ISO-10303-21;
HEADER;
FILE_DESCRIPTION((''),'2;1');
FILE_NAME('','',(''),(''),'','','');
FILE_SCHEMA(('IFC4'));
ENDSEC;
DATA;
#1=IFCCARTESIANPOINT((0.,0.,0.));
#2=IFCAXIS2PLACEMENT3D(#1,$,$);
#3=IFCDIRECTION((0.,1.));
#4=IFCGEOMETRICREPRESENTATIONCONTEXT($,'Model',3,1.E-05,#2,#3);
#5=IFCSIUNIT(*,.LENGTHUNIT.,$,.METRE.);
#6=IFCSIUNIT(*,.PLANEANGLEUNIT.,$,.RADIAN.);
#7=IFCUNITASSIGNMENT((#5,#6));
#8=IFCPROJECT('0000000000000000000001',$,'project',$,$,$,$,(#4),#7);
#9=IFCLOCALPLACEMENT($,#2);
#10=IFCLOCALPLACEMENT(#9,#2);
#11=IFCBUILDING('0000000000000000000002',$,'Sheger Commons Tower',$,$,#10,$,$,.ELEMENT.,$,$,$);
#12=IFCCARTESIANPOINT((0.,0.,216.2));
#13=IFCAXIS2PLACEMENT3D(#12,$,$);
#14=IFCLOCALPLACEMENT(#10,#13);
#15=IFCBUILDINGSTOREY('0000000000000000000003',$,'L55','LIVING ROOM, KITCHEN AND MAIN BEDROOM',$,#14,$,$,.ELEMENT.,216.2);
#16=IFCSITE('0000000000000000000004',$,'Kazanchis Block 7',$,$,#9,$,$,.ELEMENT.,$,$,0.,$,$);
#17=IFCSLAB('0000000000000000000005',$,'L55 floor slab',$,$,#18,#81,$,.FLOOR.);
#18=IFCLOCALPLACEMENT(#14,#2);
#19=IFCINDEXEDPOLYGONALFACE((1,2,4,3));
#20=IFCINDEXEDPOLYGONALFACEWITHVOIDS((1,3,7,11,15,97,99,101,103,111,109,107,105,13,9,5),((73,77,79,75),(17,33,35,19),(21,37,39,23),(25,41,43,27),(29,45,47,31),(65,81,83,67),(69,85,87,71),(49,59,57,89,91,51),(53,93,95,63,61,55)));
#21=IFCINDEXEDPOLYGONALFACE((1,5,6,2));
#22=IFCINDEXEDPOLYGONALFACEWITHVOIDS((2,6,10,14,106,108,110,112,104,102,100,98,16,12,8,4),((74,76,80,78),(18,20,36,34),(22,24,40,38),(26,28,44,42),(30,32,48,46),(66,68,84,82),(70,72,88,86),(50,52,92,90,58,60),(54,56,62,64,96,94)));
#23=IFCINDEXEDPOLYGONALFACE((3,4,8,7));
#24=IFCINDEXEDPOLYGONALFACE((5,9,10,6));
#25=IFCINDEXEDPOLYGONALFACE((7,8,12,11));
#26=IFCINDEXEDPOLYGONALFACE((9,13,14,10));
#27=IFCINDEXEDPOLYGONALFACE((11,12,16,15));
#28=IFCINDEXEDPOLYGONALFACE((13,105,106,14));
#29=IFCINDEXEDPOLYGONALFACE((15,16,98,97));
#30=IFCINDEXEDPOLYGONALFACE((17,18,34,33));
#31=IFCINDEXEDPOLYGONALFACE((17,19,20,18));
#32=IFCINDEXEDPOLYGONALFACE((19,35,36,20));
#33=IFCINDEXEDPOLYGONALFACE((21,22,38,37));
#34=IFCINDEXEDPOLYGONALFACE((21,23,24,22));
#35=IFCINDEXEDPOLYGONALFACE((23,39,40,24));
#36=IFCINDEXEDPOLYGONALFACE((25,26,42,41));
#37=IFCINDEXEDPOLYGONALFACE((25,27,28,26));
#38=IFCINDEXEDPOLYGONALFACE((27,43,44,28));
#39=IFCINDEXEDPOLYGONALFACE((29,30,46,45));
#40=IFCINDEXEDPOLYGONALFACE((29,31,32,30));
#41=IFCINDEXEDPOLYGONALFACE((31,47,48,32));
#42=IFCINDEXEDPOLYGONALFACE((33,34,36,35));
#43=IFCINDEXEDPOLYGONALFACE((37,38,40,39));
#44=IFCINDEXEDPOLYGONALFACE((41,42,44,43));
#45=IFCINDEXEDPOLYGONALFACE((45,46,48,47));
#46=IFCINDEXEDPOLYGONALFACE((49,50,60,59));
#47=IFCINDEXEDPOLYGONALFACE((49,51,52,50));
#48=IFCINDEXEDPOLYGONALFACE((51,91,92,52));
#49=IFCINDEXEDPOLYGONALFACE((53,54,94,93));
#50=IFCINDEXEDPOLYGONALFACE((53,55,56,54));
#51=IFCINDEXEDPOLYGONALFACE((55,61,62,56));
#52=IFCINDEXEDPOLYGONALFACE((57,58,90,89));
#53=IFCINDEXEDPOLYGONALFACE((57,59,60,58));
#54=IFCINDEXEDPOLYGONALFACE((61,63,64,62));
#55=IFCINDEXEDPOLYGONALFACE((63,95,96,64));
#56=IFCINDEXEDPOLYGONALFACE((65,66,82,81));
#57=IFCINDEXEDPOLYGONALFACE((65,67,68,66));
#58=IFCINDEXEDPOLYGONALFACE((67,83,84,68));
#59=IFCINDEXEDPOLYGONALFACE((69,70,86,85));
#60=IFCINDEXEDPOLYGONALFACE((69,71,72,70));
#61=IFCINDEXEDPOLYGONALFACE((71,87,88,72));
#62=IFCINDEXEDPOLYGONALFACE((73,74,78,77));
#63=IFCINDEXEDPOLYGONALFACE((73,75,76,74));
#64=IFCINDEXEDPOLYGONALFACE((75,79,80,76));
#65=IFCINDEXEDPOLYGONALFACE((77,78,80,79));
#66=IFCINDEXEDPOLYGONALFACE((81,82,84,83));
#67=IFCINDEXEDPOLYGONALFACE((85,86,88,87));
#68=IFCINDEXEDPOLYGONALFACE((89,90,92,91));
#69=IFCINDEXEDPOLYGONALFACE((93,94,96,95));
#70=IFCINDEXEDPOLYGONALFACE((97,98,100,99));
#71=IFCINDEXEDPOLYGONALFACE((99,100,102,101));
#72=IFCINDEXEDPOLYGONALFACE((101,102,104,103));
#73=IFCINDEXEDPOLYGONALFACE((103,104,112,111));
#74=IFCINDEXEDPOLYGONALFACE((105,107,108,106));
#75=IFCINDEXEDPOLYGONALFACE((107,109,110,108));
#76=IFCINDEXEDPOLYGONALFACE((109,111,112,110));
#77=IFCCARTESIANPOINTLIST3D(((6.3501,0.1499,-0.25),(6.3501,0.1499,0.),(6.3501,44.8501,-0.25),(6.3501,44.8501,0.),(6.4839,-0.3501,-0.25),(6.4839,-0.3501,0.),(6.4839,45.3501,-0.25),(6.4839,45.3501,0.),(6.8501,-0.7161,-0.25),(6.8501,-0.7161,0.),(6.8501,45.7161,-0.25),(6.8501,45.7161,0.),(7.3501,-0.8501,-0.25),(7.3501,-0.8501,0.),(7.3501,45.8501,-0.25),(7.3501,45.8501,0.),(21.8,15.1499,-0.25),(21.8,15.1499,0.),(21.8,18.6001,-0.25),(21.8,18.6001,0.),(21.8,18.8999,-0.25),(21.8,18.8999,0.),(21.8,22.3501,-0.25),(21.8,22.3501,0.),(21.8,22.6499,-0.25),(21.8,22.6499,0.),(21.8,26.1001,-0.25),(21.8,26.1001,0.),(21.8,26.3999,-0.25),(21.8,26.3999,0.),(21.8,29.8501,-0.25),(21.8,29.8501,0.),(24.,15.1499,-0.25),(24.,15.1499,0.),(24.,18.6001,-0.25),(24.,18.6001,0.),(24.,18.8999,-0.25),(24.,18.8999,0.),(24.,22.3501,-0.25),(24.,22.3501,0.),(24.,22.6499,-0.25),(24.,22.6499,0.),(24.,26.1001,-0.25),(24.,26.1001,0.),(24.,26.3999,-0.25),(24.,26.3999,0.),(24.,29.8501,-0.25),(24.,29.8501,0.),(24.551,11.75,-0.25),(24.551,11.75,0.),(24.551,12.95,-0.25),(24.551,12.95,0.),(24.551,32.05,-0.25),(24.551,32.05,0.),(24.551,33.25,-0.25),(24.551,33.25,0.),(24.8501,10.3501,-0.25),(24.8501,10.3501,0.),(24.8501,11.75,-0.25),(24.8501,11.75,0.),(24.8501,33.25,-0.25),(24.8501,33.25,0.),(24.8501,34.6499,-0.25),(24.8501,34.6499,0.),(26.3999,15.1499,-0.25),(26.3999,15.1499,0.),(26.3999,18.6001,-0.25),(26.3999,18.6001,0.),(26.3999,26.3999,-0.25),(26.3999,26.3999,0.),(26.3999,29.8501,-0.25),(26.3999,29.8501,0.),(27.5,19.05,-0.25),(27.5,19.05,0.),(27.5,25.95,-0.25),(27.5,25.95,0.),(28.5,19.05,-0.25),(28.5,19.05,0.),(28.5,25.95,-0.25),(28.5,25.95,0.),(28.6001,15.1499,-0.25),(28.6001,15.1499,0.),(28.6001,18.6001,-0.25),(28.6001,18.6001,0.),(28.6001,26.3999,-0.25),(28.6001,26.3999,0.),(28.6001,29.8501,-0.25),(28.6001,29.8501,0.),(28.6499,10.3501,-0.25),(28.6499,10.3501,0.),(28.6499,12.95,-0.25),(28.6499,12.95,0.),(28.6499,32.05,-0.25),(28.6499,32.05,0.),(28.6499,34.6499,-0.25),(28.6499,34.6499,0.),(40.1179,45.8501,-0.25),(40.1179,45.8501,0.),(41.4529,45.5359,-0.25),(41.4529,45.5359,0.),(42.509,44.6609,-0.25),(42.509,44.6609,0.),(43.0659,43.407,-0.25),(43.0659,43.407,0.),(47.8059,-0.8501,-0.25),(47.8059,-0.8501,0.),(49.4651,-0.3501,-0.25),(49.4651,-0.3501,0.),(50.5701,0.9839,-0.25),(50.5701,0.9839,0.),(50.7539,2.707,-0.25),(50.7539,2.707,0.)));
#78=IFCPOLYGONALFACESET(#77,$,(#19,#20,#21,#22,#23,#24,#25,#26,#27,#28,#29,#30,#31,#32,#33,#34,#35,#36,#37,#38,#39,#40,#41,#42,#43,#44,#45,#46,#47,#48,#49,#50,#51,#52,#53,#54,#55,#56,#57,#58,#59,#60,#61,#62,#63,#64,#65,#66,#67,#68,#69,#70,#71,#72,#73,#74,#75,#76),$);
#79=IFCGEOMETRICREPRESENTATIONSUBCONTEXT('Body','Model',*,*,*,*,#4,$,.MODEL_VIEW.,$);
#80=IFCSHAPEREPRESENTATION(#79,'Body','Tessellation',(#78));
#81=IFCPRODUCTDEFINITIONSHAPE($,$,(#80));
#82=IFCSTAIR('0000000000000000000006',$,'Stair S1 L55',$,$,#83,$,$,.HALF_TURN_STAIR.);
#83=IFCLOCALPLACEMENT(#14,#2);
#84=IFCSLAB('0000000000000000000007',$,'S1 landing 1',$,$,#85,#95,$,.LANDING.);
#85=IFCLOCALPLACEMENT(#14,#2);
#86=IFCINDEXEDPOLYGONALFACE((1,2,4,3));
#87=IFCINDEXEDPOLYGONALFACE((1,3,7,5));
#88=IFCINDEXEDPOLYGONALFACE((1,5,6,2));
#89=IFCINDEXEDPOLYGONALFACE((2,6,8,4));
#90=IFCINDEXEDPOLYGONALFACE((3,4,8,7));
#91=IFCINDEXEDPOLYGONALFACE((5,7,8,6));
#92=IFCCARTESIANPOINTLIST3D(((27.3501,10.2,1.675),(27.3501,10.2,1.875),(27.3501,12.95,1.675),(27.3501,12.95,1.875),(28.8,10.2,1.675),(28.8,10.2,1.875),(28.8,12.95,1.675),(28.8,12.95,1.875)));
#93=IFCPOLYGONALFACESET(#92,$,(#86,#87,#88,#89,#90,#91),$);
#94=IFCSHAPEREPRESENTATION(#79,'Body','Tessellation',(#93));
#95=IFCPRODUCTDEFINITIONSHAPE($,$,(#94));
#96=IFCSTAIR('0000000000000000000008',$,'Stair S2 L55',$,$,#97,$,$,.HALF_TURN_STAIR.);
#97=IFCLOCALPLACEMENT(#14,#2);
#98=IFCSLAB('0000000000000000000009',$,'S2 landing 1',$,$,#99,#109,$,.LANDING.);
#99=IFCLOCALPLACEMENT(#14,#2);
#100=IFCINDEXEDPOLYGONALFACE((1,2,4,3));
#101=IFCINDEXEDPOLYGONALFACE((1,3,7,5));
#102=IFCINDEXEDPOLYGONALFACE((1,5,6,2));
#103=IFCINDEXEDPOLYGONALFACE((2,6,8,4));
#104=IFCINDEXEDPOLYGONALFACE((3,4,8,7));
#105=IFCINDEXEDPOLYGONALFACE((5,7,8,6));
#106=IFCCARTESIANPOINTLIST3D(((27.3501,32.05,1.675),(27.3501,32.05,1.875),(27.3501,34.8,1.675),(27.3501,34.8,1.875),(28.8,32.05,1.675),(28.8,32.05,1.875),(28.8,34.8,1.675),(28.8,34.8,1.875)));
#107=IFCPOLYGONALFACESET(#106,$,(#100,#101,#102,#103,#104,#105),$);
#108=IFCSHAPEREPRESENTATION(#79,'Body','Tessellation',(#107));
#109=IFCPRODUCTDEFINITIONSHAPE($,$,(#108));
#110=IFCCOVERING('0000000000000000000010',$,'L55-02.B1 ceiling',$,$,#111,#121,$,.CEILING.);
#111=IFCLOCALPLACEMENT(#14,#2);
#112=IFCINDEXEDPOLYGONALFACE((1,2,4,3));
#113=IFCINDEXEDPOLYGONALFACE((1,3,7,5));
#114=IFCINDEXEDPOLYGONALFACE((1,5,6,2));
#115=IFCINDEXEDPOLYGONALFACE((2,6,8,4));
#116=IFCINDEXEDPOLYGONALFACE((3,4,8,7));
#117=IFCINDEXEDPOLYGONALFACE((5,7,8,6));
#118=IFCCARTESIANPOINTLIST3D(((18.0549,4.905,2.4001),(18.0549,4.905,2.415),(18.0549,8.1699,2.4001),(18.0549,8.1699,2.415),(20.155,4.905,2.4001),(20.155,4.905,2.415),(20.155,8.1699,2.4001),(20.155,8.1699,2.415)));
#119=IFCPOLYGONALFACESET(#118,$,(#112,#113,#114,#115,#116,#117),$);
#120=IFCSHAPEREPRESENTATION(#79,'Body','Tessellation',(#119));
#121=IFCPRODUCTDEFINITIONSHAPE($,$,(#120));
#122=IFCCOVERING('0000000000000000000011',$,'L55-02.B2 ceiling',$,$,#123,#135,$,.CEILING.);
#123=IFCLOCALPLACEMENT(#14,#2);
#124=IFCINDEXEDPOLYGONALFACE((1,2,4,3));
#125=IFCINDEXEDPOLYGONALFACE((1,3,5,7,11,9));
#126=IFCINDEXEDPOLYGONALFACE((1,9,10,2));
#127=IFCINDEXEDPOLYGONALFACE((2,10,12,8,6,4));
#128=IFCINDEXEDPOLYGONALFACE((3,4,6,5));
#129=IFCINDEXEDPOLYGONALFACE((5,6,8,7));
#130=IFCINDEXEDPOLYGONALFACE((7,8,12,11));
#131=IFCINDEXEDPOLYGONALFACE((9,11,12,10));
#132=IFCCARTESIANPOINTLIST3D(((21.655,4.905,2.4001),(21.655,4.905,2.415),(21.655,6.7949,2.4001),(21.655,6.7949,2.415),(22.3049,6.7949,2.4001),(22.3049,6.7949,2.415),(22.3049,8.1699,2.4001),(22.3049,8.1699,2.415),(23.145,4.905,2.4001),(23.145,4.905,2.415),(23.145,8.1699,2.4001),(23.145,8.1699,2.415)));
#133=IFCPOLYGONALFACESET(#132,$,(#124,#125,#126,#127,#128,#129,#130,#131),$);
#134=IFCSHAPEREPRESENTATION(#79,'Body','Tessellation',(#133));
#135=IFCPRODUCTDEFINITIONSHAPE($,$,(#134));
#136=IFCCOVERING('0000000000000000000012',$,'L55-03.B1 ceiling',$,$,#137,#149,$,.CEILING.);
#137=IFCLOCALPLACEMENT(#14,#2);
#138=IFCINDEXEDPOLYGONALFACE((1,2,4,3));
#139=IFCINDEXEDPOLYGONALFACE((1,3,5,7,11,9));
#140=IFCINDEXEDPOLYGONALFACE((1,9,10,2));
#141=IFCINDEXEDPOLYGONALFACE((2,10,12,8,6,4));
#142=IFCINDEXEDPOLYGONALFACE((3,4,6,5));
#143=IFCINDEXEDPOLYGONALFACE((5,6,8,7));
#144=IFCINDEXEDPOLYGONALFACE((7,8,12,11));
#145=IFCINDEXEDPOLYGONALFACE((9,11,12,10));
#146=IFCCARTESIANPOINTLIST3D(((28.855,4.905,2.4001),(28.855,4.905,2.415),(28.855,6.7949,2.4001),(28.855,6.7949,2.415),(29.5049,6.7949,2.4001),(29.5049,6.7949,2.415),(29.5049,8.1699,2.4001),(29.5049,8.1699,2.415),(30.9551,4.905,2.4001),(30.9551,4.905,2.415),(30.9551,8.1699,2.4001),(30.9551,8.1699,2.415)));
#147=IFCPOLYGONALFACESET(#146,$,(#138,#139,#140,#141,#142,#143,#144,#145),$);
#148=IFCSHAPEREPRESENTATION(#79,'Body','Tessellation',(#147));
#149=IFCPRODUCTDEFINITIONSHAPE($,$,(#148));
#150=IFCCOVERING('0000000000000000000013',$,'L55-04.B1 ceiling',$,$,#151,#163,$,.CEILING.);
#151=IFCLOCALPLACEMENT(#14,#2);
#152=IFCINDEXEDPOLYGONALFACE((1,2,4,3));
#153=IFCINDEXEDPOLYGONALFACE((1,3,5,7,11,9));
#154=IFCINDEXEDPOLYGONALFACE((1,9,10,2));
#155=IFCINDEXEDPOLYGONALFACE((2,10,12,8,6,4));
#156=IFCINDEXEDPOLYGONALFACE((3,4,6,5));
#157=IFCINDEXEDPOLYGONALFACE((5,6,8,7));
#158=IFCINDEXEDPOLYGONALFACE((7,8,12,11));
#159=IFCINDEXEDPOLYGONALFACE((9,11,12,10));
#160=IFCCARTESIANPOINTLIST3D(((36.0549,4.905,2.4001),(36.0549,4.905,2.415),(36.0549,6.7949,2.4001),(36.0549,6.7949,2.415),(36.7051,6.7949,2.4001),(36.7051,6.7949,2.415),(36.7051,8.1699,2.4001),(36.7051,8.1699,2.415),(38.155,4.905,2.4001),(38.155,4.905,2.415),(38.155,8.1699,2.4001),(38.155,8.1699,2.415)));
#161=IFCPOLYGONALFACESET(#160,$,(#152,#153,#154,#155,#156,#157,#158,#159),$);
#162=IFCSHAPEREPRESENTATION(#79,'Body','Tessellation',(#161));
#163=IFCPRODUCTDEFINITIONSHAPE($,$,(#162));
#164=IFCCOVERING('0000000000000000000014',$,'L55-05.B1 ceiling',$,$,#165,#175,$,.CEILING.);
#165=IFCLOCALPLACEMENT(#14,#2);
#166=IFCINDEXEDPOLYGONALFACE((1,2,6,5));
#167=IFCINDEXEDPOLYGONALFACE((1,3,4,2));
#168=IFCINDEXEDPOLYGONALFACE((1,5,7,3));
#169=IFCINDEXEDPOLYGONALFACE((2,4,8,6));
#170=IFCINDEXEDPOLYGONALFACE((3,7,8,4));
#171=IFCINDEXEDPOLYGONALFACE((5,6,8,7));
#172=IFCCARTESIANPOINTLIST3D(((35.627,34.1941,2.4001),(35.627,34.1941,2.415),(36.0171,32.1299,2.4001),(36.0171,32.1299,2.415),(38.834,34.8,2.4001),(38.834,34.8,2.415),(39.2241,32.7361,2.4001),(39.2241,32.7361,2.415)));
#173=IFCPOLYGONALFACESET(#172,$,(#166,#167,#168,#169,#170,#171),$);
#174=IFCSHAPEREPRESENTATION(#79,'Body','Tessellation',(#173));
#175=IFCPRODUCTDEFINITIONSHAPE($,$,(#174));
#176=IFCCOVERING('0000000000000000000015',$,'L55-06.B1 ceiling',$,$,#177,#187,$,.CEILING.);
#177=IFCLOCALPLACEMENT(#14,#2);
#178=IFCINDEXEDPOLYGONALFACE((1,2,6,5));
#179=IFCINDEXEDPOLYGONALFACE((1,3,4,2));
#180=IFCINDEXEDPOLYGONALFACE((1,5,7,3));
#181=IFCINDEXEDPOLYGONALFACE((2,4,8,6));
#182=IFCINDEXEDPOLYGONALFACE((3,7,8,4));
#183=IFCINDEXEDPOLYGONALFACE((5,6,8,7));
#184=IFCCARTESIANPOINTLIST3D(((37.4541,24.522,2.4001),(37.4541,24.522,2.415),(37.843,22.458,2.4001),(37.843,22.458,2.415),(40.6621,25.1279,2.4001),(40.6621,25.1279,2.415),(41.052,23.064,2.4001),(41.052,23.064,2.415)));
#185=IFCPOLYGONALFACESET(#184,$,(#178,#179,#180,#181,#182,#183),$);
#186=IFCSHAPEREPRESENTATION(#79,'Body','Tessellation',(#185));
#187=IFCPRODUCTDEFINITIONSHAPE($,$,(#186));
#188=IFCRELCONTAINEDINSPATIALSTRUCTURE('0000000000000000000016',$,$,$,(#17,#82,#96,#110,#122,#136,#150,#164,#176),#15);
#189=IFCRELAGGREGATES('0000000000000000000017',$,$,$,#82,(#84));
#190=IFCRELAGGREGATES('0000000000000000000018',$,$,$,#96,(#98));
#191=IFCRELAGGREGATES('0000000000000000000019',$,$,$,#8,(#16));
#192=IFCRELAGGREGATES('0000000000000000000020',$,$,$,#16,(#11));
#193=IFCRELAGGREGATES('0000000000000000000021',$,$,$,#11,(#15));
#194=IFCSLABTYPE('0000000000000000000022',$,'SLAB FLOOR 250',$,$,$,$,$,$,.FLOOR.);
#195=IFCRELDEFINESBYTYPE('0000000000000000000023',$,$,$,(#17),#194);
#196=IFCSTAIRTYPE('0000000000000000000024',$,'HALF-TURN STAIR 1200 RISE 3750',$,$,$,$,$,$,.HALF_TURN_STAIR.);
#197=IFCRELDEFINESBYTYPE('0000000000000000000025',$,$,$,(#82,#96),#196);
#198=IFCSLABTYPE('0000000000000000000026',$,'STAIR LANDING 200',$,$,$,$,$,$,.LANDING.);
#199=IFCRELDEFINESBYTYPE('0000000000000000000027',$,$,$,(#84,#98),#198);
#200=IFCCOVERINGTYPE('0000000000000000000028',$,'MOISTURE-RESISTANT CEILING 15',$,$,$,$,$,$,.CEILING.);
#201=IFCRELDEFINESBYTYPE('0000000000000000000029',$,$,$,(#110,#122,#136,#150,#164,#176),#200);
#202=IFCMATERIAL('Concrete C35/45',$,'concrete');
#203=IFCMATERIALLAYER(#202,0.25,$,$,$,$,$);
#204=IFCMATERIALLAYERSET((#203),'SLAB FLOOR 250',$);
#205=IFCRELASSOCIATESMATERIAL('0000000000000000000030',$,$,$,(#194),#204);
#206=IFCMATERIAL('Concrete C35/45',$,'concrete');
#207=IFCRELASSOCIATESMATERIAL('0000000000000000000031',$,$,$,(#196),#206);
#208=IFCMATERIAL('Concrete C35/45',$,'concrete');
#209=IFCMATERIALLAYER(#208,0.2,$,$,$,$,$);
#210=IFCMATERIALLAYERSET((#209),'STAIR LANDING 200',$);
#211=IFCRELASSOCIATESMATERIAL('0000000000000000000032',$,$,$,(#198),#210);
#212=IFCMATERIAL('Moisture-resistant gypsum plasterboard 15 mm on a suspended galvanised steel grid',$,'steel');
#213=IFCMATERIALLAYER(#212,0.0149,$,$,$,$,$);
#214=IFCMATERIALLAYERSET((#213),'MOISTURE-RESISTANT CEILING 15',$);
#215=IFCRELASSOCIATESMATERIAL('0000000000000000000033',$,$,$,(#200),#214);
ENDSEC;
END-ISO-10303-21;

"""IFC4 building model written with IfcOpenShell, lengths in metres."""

from ifc_helpers import new_model, si_unit, direction, frame, origin, place, context, subcontext, project, spatial, polyline, outline, extrude, material, layer, layer_set, type_object, element, aggregate, save


model = new_model("IFC4")

# Units and contexts
model_context = context("Model", 3, precision=1e-05, world=origin(), true_north=direction((0.0, 1.0)))
body_context = subcontext(model_context, "Body", "Model", "MODEL_VIEW")
ifc_project = project(units=[si_unit("LENGTHUNIT", "METRE"), si_unit("PLANEANGLEUNIT", "RADIAN")], contexts=[model_context])

# Site, building, storey
site_placement = place(None, origin())
site = spatial("IfcSite", under=ifc_project, at=site_placement, Name="Kazanchis Block 7", CompositionType="ELEMENT", RefElevation=0.0)
building_placement = place(site_placement, origin())
building = spatial("IfcBuilding", under=site, at=building_placement, Name="Sheger Commons Tower", CompositionType="ELEMENT")
storey_placement = place(building_placement, frame((0.0, 0.0, 216.2)))
storey = spatial("IfcBuildingStorey", under=building, at=storey_placement, Name="L55", Description="LIVING ROOM, KITCHEN AND MAIN BEDROOM", CompositionType="ELEMENT", Elevation=216.2)

# Slab
ifc_material_1 = material(Name="Concrete C35/45", Category="concrete")
ifc_layer_1 = layer(ifc_material_1, 0.25)
ifc_layer_set_1 = layer_set([ifc_layer_1], Name="SLAB FLOOR 250")
slab_type_1 = type_object("IfcSlabType", Name="SLAB FLOOR 250", PredefinedType="FLOOR", material=ifc_layer_set_1)
slab_1_placement = place(storey_placement, frame((0.0, 0.0, -0.25)))
element("IfcSlab", 1, at=slab_1_placement, inside=storey, type_object=slab_type_1, Name="L55 floor slab", PredefinedType="FLOOR", context=body_context, shape_type="SweptSolid", body=[
    extrude(outline(polyline([(6.3501, 0.1499), (6.4839, -0.3501), (6.8501, -0.7161), (7.3501, -0.8501), (47.8059, -0.8501), (49.4651, -0.3501), (50.5701, 0.9839), (50.7539, 2.707), (43.0659, 43.407), (42.509, 44.6609), (41.4529, 45.5359), (40.1179, 45.8501), (7.3501, 45.8501), (6.8501, 45.7161), (6.4839, 45.3501), (6.3501, 44.8501), (6.3501, 0.1499)]), holes=[polyline([(24.8501, 10.3501), (28.6499, 10.3501), (28.6499, 12.95), (24.551, 12.95), (24.551, 11.75), (24.8501, 11.75), (24.8501, 10.3501)]), polyline([(24.551, 32.05), (28.6499, 32.05), (28.6499, 34.6499), (24.8501, 34.6499), (24.8501, 33.25), (24.551, 33.25), (24.551, 32.05)]), polyline([(26.3999, 15.1499), (28.6001, 15.1499), (28.6001, 18.6001), (26.3999, 18.6001), (26.3999, 15.1499)]), polyline([(26.3999, 26.3999), (28.6001, 26.3999), (28.6001, 29.8501), (26.3999, 29.8501), (26.3999, 26.3999)]), polyline([(21.8, 15.1499), (24.0, 15.1499), (24.0, 18.6001), (21.8, 18.6001), (21.8, 15.1499)]), polyline([(21.8, 18.8999), (24.0, 18.8999), (24.0, 22.3501), (21.8, 22.3501), (21.8, 18.8999)]), polyline([(21.8, 22.6499), (24.0, 22.6499), (24.0, 26.1001), (21.8, 26.1001), (21.8, 22.6499)]), polyline([(21.8, 26.3999), (24.0, 26.3999), (24.0, 29.8501), (21.8, 29.8501), (21.8, 26.3999)]), polyline([(27.5, 19.05), (28.5, 19.05), (28.5, 25.95), (27.5, 25.95), (27.5, 19.05)])]), origin(), (0.0, 0.0, 1.0), 0.25),
])

# Stairs, slabs
ifc_material_2 = material(Name="Concrete C35/45", Category="concrete")
stair_type = type_object("IfcStairType", Name="HALF-TURN STAIR 1200 RISE 3750", PredefinedType="HALF_TURN_STAIR", material=ifc_material_2)
stair_1_placement = place(storey_placement, origin())
stair_1 = element("IfcStair", 2, at=stair_1_placement, inside=storey, type_object=stair_type, Name="Stair S1 L55", PredefinedType="HALF_TURN_STAIR")
ifc_material_3 = material(Name="Concrete C35/45", Category="concrete")
ifc_layer_2 = layer(ifc_material_3, 0.2)
ifc_layer_set_2 = layer_set([ifc_layer_2], Name="STAIR LANDING 200")
slab_type_2 = type_object("IfcSlabType", Name="STAIR LANDING 200", PredefinedType="LANDING", material=ifc_layer_set_2)
slab_2_placement = place(storey_placement, frame((0.0, 0.0, 1.675)))
slab_2 = element("IfcSlab", 3, at=slab_2_placement, type_object=slab_type_2, Name="S1 landing 1", PredefinedType="LANDING", context=body_context, shape_type="SweptSolid", body=[
    extrude(outline(polyline([(27.3501, 10.2), (28.8, 10.2), (28.8, 12.95), (27.3501, 12.95), (27.3501, 10.2)])), origin(), (0.0, 0.0, 1.0), 0.2),
])
aggregate(stair_1, [slab_2])
stair_2_placement = place(storey_placement, origin())
stair_2 = element("IfcStair", 4, at=stair_2_placement, inside=storey, type_object=stair_type, Name="Stair S2 L55", PredefinedType="HALF_TURN_STAIR")
slab_3_placement = place(storey_placement, frame((0.0, 0.0, 1.675)))
slab_3 = element("IfcSlab", 5, at=slab_3_placement, type_object=slab_type_2, Name="S2 landing 1", PredefinedType="LANDING", context=body_context, shape_type="SweptSolid", body=[
    extrude(outline(polyline([(27.3501, 32.05), (28.8, 32.05), (28.8, 34.8), (27.3501, 34.8), (27.3501, 32.05)])), origin(), (0.0, 0.0, 1.0), 0.2),
])
aggregate(stair_2, [slab_3])

# Coverings
ifc_material_4 = material(Name="Moisture-resistant gypsum plasterboard 15 mm on a suspended galvanised steel grid", Category="steel")
ifc_layer_3 = layer(ifc_material_4, 0.0149)
ifc_layer_set_3 = layer_set([ifc_layer_3], Name="MOISTURE-RESISTANT CEILING 15")
covering_type_1 = type_object("IfcCoveringType", Name="MOISTURE-RESISTANT CEILING 15", PredefinedType="CEILING", material=ifc_layer_set_3)
covering_1_placement = place(storey_placement, frame((0.0, 0.0, 2.4001)))
element("IfcCovering", 6, at=covering_1_placement, inside=storey, type_object=covering_type_1, Name="L55-02.B1 ceiling", PredefinedType="CEILING", context=body_context, shape_type="SweptSolid", body=[
    extrude(outline(polyline([(18.0549, 4.905), (20.155, 4.905), (20.155, 8.1699), (18.0549, 8.1699), (18.0549, 4.905)])), origin(), (0.0, 0.0, 1.0), 0.0149),
])
covering_2_placement = place(storey_placement, frame((0.0, 0.0, 2.4001)))
element("IfcCovering", 7, at=covering_2_placement, inside=storey, type_object=covering_type_1, Name="L55-02.B2 ceiling", PredefinedType="CEILING", context=body_context, shape_type="SweptSolid", body=[
    extrude(outline(polyline([(21.655, 4.905), (23.145, 4.905), (23.145, 8.1699), (22.3049, 8.1699), (22.3049, 6.7949), (21.655, 6.7949), (21.655, 4.905)])), origin(), (0.0, 0.0, 1.0), 0.0149),
])
covering_3_placement = place(storey_placement, frame((0.0, 0.0, 2.4001)))
element("IfcCovering", 8, at=covering_3_placement, inside=storey, type_object=covering_type_1, Name="L55-03.B1 ceiling", PredefinedType="CEILING", context=body_context, shape_type="SweptSolid", body=[
    extrude(outline(polyline([(28.855, 4.905), (30.9551, 4.905), (30.9551, 8.1699), (29.5049, 8.1699), (29.5049, 6.7949), (28.855, 6.7949), (28.855, 4.905)])), origin(), (0.0, 0.0, 1.0), 0.0149),
])
covering_4_placement = place(storey_placement, frame((0.0, 0.0, 2.4001)))
element("IfcCovering", 9, at=covering_4_placement, inside=storey, type_object=covering_type_1, Name="L55-04.B1 ceiling", PredefinedType="CEILING", context=body_context, shape_type="SweptSolid", body=[
    extrude(outline(polyline([(36.0549, 4.905), (38.155, 4.905), (38.155, 8.1699), (36.7051, 8.1699), (36.7051, 6.7949), (36.0549, 6.7949), (36.0549, 4.905)])), origin(), (0.0, 0.0, 1.0), 0.0149),
])
covering_5_placement = place(storey_placement, frame((0.0, 0.0, 2.4001)))
element("IfcCovering", 10, at=covering_5_placement, inside=storey, type_object=covering_type_1, Name="L55-05.B1 ceiling", PredefinedType="CEILING", context=body_context, shape_type="SweptSolid", body=[
    extrude(outline(polyline([(36.0171, 32.1299), (39.2241, 32.7361), (38.834, 34.8), (35.627, 34.1941), (36.0171, 32.1299)])), origin(), (0.0, 0.0, 1.0), 0.0149),
])
covering_6_placement = place(storey_placement, frame((0.0, 0.0, 2.4001)))
element("IfcCovering", 11, at=covering_6_placement, inside=storey, type_object=covering_type_1, Name="L55-06.B1 ceiling", PredefinedType="CEILING", context=body_context, shape_type="SweptSolid", body=[
    extrude(outline(polyline([(37.843, 22.458), (41.052, 23.064), (40.6621, 25.1279), (37.4541, 24.522), (37.843, 22.458)])), origin(), (0.0, 0.0, 1.0), 0.0149),
])

save(model, "model.ifc")
